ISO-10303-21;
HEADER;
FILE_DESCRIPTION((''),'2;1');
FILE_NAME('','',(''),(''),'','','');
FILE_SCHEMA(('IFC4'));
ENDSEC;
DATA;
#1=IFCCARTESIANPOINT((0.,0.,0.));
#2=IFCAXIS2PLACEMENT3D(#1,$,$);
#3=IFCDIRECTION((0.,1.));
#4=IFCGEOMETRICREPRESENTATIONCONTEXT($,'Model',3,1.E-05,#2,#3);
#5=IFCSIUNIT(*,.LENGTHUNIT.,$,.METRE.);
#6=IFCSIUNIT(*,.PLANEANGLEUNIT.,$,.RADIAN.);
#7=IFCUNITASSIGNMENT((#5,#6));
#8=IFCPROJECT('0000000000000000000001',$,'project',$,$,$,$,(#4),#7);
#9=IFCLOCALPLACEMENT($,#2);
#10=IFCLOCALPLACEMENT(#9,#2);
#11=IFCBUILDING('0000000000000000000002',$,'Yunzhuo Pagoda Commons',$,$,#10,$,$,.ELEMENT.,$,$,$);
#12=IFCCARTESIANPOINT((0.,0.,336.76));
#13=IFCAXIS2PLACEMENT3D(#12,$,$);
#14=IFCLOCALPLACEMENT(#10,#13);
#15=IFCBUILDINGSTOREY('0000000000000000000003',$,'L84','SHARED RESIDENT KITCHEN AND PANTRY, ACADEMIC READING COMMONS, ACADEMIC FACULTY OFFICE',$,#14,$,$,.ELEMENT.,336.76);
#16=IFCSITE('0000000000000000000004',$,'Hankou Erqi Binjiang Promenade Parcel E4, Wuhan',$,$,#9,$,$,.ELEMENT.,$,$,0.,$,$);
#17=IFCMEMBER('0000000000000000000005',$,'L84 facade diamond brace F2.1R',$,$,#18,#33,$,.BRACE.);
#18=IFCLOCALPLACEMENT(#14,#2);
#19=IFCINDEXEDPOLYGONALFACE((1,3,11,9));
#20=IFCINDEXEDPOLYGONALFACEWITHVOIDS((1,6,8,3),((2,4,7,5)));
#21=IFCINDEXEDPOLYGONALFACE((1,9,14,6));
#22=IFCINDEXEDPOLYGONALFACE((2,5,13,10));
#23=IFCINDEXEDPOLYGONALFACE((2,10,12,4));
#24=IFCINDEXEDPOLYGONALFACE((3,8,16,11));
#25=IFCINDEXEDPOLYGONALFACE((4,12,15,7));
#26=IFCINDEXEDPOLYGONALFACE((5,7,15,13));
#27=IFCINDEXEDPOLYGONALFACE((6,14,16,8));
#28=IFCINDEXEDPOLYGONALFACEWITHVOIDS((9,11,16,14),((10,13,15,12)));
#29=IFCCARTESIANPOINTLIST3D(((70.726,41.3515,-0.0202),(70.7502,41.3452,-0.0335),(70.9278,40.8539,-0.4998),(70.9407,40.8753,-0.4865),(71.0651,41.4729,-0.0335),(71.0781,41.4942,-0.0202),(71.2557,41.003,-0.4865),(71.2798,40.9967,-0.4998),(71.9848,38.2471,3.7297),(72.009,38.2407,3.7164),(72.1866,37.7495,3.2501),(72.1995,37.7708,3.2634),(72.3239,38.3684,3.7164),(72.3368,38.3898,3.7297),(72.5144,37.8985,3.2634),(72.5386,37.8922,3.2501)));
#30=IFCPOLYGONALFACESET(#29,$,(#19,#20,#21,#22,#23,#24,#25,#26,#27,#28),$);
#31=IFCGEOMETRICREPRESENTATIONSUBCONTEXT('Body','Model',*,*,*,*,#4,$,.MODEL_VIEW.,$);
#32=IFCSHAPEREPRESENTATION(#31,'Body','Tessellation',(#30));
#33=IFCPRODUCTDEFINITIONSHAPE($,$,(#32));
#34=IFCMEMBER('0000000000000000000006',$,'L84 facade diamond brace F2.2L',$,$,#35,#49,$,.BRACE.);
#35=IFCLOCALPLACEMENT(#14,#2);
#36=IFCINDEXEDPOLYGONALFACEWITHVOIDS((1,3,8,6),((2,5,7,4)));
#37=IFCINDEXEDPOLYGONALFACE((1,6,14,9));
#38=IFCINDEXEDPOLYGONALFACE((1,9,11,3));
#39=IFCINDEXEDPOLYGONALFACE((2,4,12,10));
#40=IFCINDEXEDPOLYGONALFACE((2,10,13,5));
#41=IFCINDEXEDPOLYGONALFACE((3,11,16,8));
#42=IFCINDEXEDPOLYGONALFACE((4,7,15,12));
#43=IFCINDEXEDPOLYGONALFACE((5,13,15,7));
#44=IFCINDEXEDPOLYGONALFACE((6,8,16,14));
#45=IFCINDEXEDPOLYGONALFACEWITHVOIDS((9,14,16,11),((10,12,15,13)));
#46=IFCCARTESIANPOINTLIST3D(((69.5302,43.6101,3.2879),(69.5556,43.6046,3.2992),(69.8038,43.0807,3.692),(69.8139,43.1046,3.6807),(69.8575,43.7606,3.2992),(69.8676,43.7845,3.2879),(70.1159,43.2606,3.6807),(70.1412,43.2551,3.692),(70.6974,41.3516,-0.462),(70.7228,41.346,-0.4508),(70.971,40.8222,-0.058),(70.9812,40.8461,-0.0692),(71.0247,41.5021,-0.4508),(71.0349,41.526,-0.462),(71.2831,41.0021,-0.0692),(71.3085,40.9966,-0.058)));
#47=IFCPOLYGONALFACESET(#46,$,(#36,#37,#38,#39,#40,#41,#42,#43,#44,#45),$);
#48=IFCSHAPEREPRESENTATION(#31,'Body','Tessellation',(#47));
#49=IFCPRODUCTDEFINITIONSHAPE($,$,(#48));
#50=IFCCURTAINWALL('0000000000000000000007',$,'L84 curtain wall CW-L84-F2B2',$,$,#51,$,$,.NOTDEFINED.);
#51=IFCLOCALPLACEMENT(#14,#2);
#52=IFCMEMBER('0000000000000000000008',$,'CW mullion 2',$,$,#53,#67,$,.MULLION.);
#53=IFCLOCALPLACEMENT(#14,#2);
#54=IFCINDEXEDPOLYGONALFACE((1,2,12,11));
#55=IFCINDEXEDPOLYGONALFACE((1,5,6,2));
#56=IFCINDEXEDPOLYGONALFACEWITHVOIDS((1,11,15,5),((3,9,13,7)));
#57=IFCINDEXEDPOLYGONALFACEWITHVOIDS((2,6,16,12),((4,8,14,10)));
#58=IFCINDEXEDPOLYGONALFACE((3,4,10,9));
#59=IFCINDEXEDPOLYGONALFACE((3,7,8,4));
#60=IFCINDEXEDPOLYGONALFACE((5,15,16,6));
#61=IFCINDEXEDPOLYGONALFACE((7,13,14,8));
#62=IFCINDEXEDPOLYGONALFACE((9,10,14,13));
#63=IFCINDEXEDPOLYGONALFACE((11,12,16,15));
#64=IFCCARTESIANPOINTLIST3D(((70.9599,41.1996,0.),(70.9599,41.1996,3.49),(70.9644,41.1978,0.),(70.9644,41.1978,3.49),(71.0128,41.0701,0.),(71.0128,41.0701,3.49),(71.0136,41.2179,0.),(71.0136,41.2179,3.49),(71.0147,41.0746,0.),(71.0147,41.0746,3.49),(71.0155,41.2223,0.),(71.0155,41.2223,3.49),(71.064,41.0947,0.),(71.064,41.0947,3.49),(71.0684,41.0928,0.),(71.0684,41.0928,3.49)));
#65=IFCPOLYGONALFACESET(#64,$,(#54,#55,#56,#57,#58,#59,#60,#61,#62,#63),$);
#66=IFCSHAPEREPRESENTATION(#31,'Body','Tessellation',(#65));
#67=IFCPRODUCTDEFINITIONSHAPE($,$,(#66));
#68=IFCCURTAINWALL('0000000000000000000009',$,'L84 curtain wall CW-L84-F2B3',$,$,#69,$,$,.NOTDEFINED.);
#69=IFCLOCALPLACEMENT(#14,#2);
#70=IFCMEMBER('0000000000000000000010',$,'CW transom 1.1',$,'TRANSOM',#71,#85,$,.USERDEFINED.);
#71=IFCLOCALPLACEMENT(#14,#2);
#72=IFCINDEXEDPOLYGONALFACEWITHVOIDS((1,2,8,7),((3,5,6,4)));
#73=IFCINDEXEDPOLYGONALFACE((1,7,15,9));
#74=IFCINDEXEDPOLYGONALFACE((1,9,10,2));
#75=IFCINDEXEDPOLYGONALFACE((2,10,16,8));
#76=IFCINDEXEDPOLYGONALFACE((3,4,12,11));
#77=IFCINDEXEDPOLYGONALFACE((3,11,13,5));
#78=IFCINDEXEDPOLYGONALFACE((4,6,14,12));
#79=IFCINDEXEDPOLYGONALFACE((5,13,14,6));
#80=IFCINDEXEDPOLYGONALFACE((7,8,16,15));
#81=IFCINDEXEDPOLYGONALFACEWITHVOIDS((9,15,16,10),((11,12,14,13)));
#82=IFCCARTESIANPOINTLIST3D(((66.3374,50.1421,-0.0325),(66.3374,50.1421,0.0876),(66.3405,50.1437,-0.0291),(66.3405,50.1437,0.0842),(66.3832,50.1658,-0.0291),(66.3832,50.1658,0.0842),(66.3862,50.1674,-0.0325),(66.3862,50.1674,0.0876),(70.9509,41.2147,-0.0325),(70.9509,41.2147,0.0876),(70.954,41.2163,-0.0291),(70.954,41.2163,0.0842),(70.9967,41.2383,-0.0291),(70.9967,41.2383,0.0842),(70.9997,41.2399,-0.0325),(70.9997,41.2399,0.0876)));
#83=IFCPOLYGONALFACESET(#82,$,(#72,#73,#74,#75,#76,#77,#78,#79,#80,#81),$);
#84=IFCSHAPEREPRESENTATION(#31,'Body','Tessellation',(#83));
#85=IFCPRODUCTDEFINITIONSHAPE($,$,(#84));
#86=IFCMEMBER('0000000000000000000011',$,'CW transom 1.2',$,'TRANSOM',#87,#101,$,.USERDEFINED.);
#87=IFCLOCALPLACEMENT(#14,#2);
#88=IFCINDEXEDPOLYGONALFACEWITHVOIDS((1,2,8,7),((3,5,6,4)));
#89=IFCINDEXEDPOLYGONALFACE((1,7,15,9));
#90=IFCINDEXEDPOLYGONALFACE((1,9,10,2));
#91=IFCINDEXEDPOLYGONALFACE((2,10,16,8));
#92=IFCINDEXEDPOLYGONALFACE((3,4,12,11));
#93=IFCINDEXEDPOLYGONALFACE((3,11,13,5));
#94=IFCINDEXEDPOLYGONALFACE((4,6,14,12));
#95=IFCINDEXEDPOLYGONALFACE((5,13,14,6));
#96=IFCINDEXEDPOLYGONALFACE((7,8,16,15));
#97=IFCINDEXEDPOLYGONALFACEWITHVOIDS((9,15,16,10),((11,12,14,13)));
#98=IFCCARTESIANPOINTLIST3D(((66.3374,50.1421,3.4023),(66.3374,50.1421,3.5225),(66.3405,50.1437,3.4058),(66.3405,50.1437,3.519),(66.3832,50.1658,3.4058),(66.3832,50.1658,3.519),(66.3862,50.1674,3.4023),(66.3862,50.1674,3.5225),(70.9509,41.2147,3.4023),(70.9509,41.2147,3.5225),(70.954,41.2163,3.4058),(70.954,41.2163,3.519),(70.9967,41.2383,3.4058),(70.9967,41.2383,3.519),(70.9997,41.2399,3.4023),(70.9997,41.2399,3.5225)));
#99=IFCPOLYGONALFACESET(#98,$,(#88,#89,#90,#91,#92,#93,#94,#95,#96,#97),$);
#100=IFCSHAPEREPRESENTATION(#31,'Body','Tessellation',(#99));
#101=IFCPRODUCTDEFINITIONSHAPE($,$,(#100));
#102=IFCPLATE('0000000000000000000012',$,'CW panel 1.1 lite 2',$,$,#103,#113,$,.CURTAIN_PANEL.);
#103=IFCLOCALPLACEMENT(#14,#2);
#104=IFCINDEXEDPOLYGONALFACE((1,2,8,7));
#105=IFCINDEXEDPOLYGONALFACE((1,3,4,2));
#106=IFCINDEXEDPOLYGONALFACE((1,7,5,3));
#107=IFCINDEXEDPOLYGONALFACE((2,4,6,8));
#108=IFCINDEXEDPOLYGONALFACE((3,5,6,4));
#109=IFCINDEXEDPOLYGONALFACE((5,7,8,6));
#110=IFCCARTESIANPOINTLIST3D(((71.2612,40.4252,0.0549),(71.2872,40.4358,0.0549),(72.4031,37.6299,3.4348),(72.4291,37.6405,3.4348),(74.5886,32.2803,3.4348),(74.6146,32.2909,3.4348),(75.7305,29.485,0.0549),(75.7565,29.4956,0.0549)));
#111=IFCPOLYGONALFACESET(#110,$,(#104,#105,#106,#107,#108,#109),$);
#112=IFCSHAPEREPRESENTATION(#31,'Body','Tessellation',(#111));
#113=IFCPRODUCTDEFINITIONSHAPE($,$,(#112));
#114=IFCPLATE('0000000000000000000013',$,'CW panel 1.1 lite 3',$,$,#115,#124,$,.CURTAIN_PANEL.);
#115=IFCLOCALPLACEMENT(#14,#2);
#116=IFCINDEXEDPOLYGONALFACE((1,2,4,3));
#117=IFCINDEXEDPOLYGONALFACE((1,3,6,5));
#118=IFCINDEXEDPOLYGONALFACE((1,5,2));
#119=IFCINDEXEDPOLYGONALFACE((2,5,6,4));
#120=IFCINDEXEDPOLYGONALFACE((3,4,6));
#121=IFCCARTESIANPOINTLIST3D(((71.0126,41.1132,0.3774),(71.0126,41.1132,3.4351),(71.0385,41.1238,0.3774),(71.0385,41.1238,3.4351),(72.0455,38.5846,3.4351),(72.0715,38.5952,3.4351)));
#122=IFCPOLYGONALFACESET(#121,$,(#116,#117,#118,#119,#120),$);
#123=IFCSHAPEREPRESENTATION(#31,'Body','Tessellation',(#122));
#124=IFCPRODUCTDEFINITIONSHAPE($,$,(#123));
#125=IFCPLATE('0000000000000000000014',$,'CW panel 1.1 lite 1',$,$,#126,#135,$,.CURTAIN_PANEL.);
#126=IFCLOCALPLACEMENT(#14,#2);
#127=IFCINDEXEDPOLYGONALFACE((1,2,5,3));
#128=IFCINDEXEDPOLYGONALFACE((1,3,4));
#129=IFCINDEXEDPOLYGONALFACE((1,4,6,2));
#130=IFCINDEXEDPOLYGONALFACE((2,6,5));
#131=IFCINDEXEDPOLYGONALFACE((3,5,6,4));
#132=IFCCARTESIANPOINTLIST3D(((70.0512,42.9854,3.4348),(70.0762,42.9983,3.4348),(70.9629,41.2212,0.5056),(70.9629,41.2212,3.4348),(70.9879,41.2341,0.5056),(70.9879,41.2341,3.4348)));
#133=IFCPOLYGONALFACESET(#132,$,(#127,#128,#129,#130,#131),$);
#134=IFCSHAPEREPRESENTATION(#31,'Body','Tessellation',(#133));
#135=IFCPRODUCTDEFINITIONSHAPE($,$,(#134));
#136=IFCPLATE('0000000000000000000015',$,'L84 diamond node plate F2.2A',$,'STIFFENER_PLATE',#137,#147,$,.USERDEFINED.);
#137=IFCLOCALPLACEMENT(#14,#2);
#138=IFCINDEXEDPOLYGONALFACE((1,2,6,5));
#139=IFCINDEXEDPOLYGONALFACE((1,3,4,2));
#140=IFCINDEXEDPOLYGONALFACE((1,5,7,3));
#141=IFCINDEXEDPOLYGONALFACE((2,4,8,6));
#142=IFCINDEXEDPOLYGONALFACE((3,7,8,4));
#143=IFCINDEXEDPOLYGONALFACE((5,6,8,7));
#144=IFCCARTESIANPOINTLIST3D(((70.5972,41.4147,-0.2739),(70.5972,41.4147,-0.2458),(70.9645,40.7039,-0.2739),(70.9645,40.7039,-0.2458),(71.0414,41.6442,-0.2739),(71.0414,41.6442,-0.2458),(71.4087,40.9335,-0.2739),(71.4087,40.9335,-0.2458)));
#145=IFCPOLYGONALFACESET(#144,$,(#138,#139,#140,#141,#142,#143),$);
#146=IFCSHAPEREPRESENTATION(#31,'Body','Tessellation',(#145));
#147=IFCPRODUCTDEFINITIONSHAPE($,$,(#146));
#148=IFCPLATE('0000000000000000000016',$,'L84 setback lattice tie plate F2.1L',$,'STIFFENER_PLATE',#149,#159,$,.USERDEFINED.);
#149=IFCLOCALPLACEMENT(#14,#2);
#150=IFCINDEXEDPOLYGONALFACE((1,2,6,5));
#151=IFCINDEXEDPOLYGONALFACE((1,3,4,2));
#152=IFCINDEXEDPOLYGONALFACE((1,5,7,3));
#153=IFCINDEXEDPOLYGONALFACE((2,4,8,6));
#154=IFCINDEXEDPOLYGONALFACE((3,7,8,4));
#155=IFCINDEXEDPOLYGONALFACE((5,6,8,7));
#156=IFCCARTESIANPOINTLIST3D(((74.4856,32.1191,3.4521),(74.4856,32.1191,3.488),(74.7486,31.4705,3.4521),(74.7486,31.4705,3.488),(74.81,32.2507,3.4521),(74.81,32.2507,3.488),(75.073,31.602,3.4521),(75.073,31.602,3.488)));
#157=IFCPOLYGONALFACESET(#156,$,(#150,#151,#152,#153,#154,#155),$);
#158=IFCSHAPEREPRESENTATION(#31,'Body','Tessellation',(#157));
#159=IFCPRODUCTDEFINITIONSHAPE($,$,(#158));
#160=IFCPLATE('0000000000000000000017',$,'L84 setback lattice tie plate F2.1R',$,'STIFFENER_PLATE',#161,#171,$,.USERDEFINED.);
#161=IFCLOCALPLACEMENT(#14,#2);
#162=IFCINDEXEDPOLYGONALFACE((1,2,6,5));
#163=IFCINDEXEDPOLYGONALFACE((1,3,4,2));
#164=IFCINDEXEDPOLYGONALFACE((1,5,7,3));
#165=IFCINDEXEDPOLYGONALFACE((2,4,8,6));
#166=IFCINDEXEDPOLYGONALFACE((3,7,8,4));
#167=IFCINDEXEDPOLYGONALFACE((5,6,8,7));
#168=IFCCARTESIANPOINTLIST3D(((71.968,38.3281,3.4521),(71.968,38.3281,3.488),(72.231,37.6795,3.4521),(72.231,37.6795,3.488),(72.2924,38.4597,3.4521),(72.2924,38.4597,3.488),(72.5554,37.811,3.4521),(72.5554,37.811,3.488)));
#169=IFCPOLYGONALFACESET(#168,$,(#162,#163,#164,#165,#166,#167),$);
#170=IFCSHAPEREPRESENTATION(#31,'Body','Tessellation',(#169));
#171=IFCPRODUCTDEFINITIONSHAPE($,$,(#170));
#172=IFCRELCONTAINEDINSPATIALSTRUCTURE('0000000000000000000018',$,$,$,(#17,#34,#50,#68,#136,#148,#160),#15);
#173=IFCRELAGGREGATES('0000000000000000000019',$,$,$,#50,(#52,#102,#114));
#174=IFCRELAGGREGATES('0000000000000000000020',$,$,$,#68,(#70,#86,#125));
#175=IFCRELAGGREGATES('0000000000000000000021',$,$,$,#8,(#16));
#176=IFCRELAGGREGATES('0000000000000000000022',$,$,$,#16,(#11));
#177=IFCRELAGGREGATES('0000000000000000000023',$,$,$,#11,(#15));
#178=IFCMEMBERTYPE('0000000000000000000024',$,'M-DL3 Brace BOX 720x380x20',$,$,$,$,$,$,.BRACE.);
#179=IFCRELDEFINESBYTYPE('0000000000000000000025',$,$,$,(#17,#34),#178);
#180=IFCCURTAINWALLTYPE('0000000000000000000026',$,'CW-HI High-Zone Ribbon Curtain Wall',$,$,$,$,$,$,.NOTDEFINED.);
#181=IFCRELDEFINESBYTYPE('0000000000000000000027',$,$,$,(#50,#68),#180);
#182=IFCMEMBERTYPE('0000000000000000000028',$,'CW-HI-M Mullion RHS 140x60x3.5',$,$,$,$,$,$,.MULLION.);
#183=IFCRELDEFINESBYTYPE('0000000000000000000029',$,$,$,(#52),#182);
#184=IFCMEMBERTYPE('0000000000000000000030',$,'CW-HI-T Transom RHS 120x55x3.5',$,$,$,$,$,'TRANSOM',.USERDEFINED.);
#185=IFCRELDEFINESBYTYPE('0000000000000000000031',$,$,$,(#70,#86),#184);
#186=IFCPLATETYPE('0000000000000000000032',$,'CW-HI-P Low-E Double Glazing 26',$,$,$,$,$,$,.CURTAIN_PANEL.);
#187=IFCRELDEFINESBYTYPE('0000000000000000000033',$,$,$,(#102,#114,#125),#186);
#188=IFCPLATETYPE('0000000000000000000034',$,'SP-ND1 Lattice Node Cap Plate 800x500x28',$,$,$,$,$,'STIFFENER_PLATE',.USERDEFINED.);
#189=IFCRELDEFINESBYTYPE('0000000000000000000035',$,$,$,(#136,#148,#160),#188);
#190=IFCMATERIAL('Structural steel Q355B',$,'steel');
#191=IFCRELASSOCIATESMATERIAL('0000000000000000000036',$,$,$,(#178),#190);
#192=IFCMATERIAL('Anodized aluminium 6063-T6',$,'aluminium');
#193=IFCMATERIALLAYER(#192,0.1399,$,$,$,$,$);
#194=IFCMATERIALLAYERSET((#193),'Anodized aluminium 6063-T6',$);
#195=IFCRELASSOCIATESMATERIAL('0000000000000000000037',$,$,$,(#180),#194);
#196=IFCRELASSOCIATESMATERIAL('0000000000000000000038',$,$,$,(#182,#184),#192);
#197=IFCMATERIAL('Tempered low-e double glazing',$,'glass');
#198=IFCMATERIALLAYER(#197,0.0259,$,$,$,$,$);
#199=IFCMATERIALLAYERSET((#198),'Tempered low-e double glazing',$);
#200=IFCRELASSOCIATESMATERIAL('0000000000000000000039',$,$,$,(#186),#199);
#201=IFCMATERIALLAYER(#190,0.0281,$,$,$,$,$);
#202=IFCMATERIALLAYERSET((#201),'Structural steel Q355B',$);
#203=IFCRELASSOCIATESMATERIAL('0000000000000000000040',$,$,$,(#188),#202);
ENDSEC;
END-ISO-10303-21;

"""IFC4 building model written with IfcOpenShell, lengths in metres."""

from ifc_helpers import new_model, si_unit, direction, frame, origin, origin_2d, place, context, subcontext, project, spatial, polyline, rectangle, hollow_rectangle, outline, extrude, source, transform, mapped, material, layer, layer_set, material_profile, profile_set, type_object, element, aggregate, save


model = new_model("IFC4")

# Units and contexts
model_context = context("Model", 3, precision=1e-05, world=origin(), true_north=direction((0.0, 1.0)))
body_context = subcontext(model_context, "Body", "Model", "MODEL_VIEW")
ifc_project = project(units=[si_unit("LENGTHUNIT", "METRE"), si_unit("PLANEANGLEUNIT", "RADIAN")], contexts=[model_context])

# Site, building, storey
site_placement = place(None, origin())
site = spatial("IfcSite", under=ifc_project, at=site_placement, Name="Hankou Erqi Binjiang Promenade Parcel E4, Wuhan", CompositionType="ELEMENT", RefElevation=0.0)
building_placement = place(site_placement, origin())
building = spatial("IfcBuilding", under=site, at=building_placement, Name="Yunzhuo Pagoda Commons", CompositionType="ELEMENT")
storey_placement = place(building_placement, frame((0.0, 0.0, 336.76)))
storey = spatial("IfcBuildingStorey", under=building, at=storey_placement, Name="L84", Description="SHARED RESIDENT KITCHEN AND PANTRY, ACADEMIC READING COMMONS, ACADEMIC FACULTY OFFICE", CompositionType="ELEMENT", Elevation=336.76)

# Shared definitions
ifc_material_1 = material(Name="Structural steel Q355B", Category="steel")

# Members
ifc_material_profile_1 = material_profile(ifc_material_1, hollow_rectangle(XDim=0.3799, YDim=0.72, WallThickness=0.02, at=origin_2d()), Name="Structural steel Q355B")
ifc_profile_set_1 = profile_set([ifc_material_profile_1], Name="Structural steel Q355B")
member_type_1 = type_object("IfcMemberType", Name="M-DL3 Brace BOX 720x380x20", PredefinedType="BRACE", material=ifc_profile_set_1)
shared_shape_1 = source(origin(), body_context, "Body", "SweptSolid", [
    extrude(hollow_rectangle(XDim=0.3799, YDim=0.72, WallThickness=0.02, at=origin_2d()), origin(), (0.0, 0.0, 1.0), 5.0283),
])
member_1_placement = place(storey_placement, frame((71.0029, 41.1741, -0.26), z_axis=(0.250335, -0.61739, 0.745762), x_axis=(0.926717, 0.375759, 0.0)))
element("IfcMember", 1, at=member_1_placement, inside=storey, type_object=member_type_1, Name="L84 facade diamond brace F2.1R", PredefinedType="BRACE", context=body_context, shape_type="MappedRepresentation", body=[
    mapped(shared_shape_1, transform((0.0, 0.0, 0.0), scale=1.0)),
])
shared_shape_2 = source(origin(), body_context, "Body", "SweptSolid", [
    extrude(hollow_rectangle(XDim=0.3799, YDim=0.72, WallThickness=0.02, at=origin_2d()), origin(), (0.0, 0.0, 1.0), 4.5305),
])
member_2_placement = place(storey_placement, frame((71.0029, 41.1741, -0.26), z_axis=(-0.257636, 0.498514, 0.827712), x_axis=(-0.888374, -0.45912, 0.0)))
element("IfcMember", 2, at=member_2_placement, inside=storey, type_object=member_type_1, Name="L84 facade diamond brace F2.2L", PredefinedType="BRACE", context=body_context, shape_type="MappedRepresentation", body=[
    mapped(shared_shape_2, transform((0.0, 0.0, 0.0), scale=1.0)),
])

# Curtain wall, member
ifc_material_2 = material(Name="Anodized aluminium 6063-T6", Category="aluminium")
ifc_layer_1 = layer(ifc_material_2, 0.1399)
ifc_layer_set_1 = layer_set([ifc_layer_1], Name="Anodized aluminium 6063-T6")
curtain_wall_type = type_object("IfcCurtainWallType", Name="CW-HI High-Zone Ribbon Curtain Wall", PredefinedType="NOTDEFINED", material=ifc_layer_set_1)
curtain_wall_1_placement = place(storey_placement, origin())
curtain_wall_1 = element("IfcCurtainWall", 3, at=curtain_wall_1_placement, inside=storey, type_object=curtain_wall_type, Name="L84 curtain wall CW-L84-F2B2", PredefinedType="NOTDEFINED")
ifc_material_profile_2 = material_profile(ifc_material_2, hollow_rectangle(XDim=0.0601, YDim=0.1399, WallThickness=0.0034, at=origin_2d()), Name="Anodized aluminium 6063-T6")
ifc_profile_set_2 = profile_set([ifc_material_profile_2], Name="Anodized aluminium 6063-T6")
member_type_2 = type_object("IfcMemberType", Name="CW-HI-M Mullion RHS 140x60x3.5", PredefinedType="MULLION", material=ifc_profile_set_2)
shared_shape_3 = source(origin(), body_context, "Body", "SweptSolid", [
    extrude(hollow_rectangle(XDim=0.0601, YDim=0.1399, WallThickness=0.0034, at=origin_2d()), origin(), (0.0, 0.0, 1.0), 3.49),
])
member_3_placement = place(storey_placement, frame((71.0142, 41.1462, 0.0), z_axis=(0.0, 0.0, 1.0), x_axis=(-0.92573, -0.378185, 0.0)))
member_3 = element("IfcMember", 4, at=member_3_placement, type_object=member_type_2, Name="CW mullion 2", PredefinedType="MULLION", context=body_context, shape_type="MappedRepresentation", body=[
    mapped(shared_shape_3, transform((0.0, 0.0, 0.0), scale=1.0)),
])

# Curtain wall, members
curtain_wall_2_placement = place(storey_placement, origin())
curtain_wall_2 = element("IfcCurtainWall", 5, at=curtain_wall_2_placement, inside=storey, type_object=curtain_wall_type, Name="L84 curtain wall CW-L84-F2B3", PredefinedType="NOTDEFINED")
ifc_material_profile_3 = material_profile(ifc_material_2, hollow_rectangle(XDim=0.0549, YDim=0.1201, WallThickness=0.0034, at=origin_2d()), Name="Anodized aluminium 6063-T6")
ifc_profile_set_3 = profile_set([ifc_material_profile_3], Name="Anodized aluminium 6063-T6")
member_type_3 = type_object("IfcMemberType", Name="CW-HI-T Transom RHS 120x55x3.5", ElementType="TRANSOM", PredefinedType="USERDEFINED", material=ifc_profile_set_3)
shared_shape_4 = source(origin(), body_context, "Body", "SweptSolid", [
    extrude(hollow_rectangle(XDim=0.0549, YDim=0.1201, WallThickness=0.0034, at=origin_2d()), origin(), (0.0, 0.0, 1.0), 10.0491),
])
member_4_placement = place(storey_placement, frame((70.9753, 41.2273, 0.0276), z_axis=(-0.459098, 0.888386, 0.0), x_axis=(-0.888386, -0.459098, 0.0)))
member_4 = element("IfcMember", 6, at=member_4_placement, type_object=member_type_3, Name="CW transom 1.1", ObjectType="TRANSOM", PredefinedType="USERDEFINED", context=body_context, shape_type="MappedRepresentation", body=[
    mapped(shared_shape_4, transform((0.0, 0.0, 0.0), scale=1.0)),
])
member_5_placement = place(storey_placement, frame((70.9753, 41.2273, 3.4624), z_axis=(-0.459098, 0.888386, 0.0), x_axis=(-0.888386, -0.459098, 0.0)))
member_5 = element("IfcMember", 7, at=member_5_placement, type_object=member_type_3, Name="CW transom 1.2", ObjectType="TRANSOM", PredefinedType="USERDEFINED", context=body_context, shape_type="MappedRepresentation", body=[
    mapped(shared_shape_4, transform((0.0, 0.0, 0.0), scale=1.0)),
])

# Plates
ifc_material_3 = material(Name="Tempered low-e double glazing", Category="glass")
ifc_layer_2 = layer(ifc_material_3, 0.0259)
ifc_layer_set_2 = layer_set([ifc_layer_2], Name="Tempered low-e double glazing")
plate_type_1 = type_object("IfcPlateType", Name="CW-HI-P Low-E Double Glazing 26", PredefinedType="CURTAIN_PANEL", material=ifc_layer_set_2)
plate_1_placement = place(storey_placement, frame((73.4958, 34.9551, 1.7449), z_axis=(0.92573, 0.378185, 0.0), x_axis=(-0.378185, 0.92573, 0.0)))
plate_1 = element("IfcPlate", 8, at=plate_1_placement, type_object=plate_type_1, Name="CW panel 1.1 lite 2", PredefinedType="CURTAIN_PANEL", context=body_context, shape_type="SweptSolid", body=[
    extrude(outline(polyline([(-5.9089, -1.6899), (5.9089, -1.6899), (2.8894, 1.6899), (-2.8894, 1.6899), (-5.9089, -1.6899)])), origin(), (0.0, 0.0, 1.0), 0.0281),
])
plate_2_placement = place(storey_placement, frame((71.5291, 39.8489, 1.9062), z_axis=(0.92573, 0.378185, 0.0), x_axis=(-0.378185, 0.92573, 0.0)))
plate_2 = element("IfcPlate", 9, at=plate_2_placement, type_object=plate_type_1, Name="CW panel 1.1 lite 3", PredefinedType="CURTAIN_PANEL", context=body_context, shape_type="SweptSolid", body=[
    extrude(outline(polyline([(-1.3657, 1.5288), (1.3657, -1.5288), (1.3657, 1.5288), (-1.3657, 1.5288)])), origin(), (0.0, 0.0, 1.0), 0.0281),
])
aggregate(curtain_wall_1, [member_3, plate_1, plate_2])
plate_3_placement = place(storey_placement, frame((70.5071, 42.1033, 1.9702), z_axis=(0.88838, 0.459108, 0.0), x_axis=(-0.459108, 0.88838, 0.0)))
plate_3 = element("IfcPlate", 10, at=plate_3_placement, type_object=plate_type_1, Name="CW panel 1.1 lite 1", PredefinedType="CURTAIN_PANEL", context=body_context, shape_type="SweptSolid", body=[
    extrude(outline(polyline([(-0.9929, -1.4646), (0.9929, 1.4646), (-0.9929, 1.4646), (-0.9929, -1.4646)])), origin(), (0.0, 0.0, 1.0), 0.0281),
])
aggregate(curtain_wall_2, [member_4, member_5, plate_3])

# Plates
ifc_layer_3 = layer(ifc_material_1, 0.0281)
ifc_layer_set_3 = layer_set([ifc_layer_3], Name="Structural steel Q355B")
plate_type_2 = type_object("IfcPlateType", Name="SP-ND1 Lattice Node Cap Plate 800x500x28", ElementType="STIFFENER_PLATE", PredefinedType="USERDEFINED", material=ifc_layer_set_3)
shared_shape_5 = source(origin(), body_context, "Body", "SweptSolid", [
    extrude(rectangle(XDim=0.8, YDim=0.5, at=origin_2d()), origin(), (0.0, 0.0, 1.0), 0.0281),
])
plate_4_placement = place(storey_placement, frame((71.0029, 41.1741, -0.2739), z_axis=(0.0, 0.0, 1.0), x_axis=(-0.459115, 0.888377, 0.0)))
element("IfcPlate", 11, at=plate_4_placement, inside=storey, type_object=plate_type_2, Name="L84 diamond node plate F2.2A", ObjectType="STIFFENER_PLATE", PredefinedType="USERDEFINED", context=body_context, shape_type="MappedRepresentation", body=[
    mapped(shared_shape_5, transform((0.0, 0.0, 0.0), scale=1.0)),
])
shared_shape_6 = source(origin(), body_context, "Body", "SweptSolid", [
    extrude(rectangle(XDim=0.7, YDim=0.3501, at=origin_2d()), origin(), (0.0, 0.0, 1.0), 0.0359),
])
for number, where, z_axis, x_axis, name in (
    (12, (74.7793, 31.8606, 3.4521), (0.0, 0.0, 1.0), (-0.375755, 0.926719, 0.0), "L84 setback lattice tie plate F2.1L"),
    (13, (72.2617, 38.0696, 3.4521), (0.0, 0.0, 1.0), (-0.375755, 0.926719, 0.0), "L84 setback lattice tie plate F2.1R"),
):
    element("IfcPlate", number, at=place(storey_placement, frame(where, z_axis=z_axis, x_axis=x_axis)), inside=storey, type_object=plate_type_2, Name=name, ObjectType="STIFFENER_PLATE", PredefinedType="USERDEFINED", context=body_context, shape_type="MappedRepresentation", body=[
        mapped(shared_shape_6, transform((0.0, 0.0, 0.0), scale=1.0)),
    ])

save(model, "model.ifc")
